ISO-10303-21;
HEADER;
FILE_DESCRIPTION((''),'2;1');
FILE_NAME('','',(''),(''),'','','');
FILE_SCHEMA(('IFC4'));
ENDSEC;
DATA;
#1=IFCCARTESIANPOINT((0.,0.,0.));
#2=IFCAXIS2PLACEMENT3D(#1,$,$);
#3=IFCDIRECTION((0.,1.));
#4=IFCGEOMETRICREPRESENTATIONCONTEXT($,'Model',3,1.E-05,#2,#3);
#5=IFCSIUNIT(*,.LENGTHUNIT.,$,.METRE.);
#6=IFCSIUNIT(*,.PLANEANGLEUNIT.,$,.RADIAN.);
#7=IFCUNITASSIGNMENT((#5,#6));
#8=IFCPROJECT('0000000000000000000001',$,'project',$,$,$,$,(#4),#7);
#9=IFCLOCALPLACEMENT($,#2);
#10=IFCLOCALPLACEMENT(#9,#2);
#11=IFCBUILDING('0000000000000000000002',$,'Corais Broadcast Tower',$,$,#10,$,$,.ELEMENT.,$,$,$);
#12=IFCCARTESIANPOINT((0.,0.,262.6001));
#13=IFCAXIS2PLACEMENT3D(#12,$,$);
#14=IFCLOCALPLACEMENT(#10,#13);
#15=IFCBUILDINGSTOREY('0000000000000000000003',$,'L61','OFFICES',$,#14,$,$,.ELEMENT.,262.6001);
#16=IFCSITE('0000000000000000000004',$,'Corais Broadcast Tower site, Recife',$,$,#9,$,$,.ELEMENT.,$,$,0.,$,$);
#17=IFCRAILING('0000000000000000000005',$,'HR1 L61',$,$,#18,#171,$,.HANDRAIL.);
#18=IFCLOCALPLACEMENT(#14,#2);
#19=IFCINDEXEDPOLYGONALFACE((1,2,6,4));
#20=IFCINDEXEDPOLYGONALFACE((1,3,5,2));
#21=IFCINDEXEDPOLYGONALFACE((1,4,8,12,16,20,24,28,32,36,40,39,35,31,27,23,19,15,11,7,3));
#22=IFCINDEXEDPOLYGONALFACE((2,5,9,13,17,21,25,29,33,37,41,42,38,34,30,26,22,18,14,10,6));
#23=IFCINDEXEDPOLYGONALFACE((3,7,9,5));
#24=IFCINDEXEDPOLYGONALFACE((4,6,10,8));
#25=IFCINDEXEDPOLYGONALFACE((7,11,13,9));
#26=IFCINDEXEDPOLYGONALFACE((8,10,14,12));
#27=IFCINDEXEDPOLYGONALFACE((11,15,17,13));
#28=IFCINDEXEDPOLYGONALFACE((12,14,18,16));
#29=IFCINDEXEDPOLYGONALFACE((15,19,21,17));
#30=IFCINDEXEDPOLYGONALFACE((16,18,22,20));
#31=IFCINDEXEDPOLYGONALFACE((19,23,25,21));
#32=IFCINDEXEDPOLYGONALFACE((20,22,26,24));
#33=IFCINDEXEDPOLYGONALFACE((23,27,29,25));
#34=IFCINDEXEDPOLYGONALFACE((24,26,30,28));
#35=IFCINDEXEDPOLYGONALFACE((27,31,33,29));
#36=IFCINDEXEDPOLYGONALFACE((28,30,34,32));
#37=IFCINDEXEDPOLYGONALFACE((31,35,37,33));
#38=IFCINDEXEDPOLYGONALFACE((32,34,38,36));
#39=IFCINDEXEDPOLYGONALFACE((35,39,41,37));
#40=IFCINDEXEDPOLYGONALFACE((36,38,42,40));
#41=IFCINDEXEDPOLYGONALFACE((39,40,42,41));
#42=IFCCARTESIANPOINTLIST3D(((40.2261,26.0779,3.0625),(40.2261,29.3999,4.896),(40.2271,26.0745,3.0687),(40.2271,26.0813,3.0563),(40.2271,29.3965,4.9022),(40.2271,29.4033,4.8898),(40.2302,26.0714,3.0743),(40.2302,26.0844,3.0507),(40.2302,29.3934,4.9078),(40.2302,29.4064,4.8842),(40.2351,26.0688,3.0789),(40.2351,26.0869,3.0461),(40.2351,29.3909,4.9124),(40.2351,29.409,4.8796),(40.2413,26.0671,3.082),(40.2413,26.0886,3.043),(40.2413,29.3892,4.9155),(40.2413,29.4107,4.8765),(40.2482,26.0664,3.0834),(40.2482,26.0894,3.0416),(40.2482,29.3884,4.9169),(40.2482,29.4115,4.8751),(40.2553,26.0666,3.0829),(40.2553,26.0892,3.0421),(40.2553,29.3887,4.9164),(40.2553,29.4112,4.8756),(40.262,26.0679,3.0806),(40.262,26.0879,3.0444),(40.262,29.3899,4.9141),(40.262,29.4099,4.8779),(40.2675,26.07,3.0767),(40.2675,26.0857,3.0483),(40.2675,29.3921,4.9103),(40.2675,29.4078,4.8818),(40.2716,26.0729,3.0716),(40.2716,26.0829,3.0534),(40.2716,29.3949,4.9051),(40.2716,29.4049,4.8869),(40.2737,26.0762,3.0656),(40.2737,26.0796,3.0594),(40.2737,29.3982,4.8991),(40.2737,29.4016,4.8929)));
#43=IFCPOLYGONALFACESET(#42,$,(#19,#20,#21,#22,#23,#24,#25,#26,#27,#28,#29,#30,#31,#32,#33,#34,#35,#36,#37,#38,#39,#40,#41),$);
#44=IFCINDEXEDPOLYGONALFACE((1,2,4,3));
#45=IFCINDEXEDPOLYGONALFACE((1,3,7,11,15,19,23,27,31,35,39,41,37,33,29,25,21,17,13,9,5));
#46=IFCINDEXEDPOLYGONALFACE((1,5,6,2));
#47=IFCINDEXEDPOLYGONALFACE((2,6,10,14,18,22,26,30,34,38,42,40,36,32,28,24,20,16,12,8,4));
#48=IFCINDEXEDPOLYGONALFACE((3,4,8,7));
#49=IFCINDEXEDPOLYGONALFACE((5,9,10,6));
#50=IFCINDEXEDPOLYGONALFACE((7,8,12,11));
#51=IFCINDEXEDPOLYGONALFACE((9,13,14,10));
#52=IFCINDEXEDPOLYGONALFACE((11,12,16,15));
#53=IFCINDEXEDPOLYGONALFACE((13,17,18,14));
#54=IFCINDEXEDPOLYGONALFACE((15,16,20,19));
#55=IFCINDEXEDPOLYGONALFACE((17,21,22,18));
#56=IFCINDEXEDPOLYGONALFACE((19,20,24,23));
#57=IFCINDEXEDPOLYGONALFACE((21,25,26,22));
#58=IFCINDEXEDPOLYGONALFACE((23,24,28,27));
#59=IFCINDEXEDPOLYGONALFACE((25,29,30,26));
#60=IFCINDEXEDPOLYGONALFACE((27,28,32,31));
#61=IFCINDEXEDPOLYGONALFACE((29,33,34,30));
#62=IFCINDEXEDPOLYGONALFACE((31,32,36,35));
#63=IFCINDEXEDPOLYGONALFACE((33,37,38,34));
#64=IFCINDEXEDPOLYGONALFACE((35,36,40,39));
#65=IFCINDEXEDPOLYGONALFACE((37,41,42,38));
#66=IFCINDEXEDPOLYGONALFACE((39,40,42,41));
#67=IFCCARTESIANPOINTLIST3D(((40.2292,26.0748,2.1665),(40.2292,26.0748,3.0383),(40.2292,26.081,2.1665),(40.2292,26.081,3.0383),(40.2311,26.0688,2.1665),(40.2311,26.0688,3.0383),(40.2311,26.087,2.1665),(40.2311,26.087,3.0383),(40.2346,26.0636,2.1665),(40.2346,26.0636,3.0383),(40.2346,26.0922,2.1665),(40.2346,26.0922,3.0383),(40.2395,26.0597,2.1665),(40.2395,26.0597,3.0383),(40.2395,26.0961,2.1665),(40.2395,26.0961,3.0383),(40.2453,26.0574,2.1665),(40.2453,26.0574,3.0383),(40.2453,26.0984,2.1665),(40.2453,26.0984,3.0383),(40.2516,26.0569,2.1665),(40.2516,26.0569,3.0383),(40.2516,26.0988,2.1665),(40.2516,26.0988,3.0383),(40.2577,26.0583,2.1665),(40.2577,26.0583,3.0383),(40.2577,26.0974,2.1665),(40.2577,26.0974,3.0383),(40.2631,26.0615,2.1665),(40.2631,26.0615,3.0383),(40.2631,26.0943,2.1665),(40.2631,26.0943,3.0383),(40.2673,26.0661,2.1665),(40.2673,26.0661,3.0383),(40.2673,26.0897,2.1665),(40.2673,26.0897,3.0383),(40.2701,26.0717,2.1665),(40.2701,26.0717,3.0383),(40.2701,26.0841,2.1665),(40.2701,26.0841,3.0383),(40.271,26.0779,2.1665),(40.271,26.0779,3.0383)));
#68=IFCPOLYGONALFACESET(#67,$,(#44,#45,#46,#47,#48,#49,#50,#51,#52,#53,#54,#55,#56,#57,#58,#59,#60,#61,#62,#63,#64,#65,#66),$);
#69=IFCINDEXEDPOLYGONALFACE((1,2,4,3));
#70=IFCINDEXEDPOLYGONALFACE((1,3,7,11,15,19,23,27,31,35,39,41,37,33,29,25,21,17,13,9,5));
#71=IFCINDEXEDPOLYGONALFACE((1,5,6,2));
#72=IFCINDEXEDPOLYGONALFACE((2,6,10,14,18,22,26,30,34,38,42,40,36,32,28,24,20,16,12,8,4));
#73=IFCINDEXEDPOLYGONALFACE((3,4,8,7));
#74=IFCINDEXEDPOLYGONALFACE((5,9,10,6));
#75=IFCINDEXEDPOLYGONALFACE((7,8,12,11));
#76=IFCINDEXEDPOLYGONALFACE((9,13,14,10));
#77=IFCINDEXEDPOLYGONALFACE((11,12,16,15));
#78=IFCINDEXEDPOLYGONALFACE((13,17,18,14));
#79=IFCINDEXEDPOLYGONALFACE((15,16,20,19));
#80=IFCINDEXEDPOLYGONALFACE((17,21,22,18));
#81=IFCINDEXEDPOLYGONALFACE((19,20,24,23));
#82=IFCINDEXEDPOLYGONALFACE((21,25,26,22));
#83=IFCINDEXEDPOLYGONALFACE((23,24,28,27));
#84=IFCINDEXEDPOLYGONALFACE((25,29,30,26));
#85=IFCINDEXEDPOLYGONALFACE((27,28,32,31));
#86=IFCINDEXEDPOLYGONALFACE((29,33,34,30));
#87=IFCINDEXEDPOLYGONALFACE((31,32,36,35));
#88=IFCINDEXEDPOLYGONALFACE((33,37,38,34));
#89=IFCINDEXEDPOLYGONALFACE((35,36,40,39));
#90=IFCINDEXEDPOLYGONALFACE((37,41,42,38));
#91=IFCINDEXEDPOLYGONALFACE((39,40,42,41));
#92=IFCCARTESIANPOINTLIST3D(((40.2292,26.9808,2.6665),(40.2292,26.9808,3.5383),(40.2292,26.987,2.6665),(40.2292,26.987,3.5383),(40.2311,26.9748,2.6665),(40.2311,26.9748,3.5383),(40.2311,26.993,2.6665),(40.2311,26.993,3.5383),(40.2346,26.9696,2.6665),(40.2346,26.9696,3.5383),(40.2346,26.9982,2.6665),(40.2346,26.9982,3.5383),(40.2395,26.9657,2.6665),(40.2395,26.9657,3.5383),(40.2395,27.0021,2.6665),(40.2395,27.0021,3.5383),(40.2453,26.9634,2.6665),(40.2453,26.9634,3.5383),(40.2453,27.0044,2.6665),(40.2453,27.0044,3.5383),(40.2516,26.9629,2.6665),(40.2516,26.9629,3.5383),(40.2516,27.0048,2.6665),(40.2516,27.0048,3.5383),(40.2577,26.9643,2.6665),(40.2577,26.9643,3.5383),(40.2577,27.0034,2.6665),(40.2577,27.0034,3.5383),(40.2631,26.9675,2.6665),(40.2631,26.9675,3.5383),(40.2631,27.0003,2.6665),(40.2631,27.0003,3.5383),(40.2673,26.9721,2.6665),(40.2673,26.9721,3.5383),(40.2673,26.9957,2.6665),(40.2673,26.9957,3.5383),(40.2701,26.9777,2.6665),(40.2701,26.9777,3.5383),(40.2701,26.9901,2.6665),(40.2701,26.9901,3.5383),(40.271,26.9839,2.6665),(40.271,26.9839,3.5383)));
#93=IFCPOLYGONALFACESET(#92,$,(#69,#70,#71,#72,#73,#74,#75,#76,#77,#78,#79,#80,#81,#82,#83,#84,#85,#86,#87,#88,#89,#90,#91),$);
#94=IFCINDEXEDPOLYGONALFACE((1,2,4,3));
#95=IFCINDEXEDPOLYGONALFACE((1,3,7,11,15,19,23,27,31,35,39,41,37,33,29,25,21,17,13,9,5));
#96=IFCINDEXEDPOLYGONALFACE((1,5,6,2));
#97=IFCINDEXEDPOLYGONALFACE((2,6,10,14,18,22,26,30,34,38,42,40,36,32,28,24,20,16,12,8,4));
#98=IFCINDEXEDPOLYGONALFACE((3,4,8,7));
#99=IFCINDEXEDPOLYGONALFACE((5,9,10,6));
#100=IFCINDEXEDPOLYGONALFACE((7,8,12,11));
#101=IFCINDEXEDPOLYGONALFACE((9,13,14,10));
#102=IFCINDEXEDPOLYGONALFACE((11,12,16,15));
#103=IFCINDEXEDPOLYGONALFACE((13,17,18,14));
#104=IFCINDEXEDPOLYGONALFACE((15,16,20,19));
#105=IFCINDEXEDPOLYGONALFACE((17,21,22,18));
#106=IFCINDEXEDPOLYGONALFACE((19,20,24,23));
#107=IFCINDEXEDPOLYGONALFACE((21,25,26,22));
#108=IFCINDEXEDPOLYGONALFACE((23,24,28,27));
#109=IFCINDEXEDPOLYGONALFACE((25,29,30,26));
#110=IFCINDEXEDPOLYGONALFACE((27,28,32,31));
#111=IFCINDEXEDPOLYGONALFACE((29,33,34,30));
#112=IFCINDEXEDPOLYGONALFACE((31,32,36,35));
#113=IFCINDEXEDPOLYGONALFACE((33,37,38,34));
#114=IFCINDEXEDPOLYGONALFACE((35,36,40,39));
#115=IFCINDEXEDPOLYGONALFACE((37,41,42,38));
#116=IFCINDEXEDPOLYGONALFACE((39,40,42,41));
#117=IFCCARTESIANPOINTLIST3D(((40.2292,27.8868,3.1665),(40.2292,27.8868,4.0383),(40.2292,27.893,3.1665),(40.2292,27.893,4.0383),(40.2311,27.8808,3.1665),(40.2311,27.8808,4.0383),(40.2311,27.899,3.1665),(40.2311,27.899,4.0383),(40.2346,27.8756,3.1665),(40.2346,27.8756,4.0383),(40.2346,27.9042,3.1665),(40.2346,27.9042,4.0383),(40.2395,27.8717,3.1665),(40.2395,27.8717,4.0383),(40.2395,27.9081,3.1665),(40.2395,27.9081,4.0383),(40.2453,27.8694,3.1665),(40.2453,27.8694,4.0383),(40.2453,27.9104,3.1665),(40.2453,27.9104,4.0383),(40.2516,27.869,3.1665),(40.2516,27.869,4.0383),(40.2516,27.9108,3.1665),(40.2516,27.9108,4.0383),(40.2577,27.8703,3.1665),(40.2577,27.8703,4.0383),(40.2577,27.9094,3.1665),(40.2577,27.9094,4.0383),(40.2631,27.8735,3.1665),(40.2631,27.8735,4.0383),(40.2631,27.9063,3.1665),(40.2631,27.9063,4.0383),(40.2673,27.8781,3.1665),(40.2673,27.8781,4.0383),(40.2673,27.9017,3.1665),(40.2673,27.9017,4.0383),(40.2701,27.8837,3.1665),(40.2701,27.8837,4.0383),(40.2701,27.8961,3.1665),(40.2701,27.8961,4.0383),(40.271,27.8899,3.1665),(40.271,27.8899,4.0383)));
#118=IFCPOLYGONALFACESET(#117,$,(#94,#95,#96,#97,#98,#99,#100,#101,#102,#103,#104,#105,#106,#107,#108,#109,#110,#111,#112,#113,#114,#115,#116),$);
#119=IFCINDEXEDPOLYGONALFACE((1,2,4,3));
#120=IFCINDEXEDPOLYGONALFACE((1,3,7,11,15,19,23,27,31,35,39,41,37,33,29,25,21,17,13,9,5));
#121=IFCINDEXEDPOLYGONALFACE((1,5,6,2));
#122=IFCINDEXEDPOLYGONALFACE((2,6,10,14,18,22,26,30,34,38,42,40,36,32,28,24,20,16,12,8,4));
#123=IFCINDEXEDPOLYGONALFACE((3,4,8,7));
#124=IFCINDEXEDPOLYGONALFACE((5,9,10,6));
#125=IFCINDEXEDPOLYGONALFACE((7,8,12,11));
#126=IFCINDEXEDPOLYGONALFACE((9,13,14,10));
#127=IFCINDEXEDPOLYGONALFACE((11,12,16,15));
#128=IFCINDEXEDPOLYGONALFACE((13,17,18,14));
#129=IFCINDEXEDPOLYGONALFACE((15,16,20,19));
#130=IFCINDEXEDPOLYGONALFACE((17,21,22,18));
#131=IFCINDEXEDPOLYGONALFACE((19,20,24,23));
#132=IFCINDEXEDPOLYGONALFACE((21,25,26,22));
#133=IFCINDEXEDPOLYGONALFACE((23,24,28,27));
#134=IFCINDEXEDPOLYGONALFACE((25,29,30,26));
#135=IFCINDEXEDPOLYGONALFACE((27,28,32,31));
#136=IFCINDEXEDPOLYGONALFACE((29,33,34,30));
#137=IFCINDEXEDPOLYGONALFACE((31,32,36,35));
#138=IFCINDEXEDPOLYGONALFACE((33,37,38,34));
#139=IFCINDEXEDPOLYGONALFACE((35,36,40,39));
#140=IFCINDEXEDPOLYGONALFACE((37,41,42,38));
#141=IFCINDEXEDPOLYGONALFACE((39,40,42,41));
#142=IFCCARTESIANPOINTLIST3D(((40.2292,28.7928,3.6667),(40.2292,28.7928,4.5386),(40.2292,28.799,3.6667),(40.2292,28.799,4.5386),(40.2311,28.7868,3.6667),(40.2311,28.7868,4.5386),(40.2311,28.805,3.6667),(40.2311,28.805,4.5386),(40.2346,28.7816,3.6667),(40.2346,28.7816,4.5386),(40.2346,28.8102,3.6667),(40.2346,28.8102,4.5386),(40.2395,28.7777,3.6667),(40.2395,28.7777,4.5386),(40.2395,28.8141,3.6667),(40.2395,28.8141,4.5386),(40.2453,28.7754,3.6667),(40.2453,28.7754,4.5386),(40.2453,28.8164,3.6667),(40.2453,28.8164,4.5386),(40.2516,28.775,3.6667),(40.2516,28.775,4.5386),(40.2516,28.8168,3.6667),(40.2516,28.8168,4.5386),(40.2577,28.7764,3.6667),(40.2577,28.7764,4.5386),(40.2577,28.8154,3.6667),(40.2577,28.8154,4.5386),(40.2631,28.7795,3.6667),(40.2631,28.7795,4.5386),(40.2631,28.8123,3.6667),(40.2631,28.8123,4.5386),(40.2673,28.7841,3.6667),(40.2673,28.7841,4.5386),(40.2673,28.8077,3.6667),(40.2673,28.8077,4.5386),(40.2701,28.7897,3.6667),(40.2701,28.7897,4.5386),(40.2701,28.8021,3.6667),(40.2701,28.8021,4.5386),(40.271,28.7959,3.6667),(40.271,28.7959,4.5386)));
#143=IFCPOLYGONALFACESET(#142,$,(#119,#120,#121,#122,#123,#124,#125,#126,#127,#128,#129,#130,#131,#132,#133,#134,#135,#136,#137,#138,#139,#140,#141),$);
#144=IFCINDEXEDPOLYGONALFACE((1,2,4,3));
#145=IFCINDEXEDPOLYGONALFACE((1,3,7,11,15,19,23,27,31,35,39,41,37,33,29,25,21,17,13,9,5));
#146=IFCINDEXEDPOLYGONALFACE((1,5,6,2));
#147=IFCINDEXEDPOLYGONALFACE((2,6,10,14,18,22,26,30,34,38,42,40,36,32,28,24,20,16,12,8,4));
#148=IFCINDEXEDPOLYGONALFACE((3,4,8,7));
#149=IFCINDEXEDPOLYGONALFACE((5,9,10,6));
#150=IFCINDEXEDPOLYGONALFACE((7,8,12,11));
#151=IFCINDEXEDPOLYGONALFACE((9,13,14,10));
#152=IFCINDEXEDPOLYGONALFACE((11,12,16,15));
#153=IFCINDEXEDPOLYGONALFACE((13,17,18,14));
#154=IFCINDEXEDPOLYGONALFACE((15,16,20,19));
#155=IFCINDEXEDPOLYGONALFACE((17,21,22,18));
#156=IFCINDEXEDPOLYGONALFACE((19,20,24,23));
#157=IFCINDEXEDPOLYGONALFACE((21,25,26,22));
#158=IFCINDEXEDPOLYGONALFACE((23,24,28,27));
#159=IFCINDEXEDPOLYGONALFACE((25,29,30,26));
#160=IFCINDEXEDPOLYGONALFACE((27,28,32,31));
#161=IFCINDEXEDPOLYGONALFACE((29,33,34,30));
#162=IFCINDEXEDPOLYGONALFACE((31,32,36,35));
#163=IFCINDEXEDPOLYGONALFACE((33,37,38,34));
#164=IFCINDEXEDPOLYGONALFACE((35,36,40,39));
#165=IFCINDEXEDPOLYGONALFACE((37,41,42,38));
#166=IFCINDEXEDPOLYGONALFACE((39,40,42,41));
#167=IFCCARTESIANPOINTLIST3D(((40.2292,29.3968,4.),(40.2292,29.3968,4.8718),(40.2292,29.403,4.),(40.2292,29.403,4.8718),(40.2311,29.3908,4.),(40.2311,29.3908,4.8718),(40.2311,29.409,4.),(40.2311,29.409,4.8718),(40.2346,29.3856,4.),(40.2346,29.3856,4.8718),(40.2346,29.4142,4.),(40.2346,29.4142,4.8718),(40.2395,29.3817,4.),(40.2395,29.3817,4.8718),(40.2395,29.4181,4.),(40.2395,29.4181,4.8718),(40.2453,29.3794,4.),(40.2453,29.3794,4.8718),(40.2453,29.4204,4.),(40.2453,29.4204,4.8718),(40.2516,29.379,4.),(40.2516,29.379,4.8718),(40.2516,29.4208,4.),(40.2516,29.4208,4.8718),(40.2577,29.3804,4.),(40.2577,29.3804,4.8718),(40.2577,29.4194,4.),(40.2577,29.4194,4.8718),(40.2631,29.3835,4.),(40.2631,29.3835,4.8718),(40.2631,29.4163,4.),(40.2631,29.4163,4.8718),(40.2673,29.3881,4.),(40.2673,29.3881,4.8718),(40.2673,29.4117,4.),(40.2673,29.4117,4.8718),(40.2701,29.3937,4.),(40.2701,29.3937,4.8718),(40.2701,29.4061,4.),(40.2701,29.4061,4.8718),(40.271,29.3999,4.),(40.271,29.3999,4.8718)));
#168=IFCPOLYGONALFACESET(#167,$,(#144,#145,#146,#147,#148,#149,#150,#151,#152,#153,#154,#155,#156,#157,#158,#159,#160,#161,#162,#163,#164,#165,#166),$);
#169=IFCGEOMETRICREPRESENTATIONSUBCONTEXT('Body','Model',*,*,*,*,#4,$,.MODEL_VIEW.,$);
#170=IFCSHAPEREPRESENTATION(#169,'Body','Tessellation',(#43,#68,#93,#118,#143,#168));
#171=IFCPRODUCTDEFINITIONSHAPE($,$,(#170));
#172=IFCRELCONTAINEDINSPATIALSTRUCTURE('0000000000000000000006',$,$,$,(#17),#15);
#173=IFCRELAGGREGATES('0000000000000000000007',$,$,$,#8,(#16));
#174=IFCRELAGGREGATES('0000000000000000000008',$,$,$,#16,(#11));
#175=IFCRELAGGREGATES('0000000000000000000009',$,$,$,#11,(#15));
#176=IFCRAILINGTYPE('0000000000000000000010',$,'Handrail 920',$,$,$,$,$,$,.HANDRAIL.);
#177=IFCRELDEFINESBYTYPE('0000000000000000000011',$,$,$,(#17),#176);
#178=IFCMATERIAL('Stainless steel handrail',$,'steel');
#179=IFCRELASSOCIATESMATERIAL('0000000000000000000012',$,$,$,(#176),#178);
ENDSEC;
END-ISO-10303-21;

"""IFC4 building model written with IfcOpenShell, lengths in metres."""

from ifc_helpers import new_model, si_unit, direction, frame, origin, origin_2d, place, context, subcontext, project, spatial, circle, extrude, material, type_object, element, save


model = new_model("IFC4")

# Units and contexts
model_context = context("Model", 3, precision=1e-05, world=origin(), true_north=direction((0.0, 1.0)))
body_context = subcontext(model_context, "Body", "Model", "MODEL_VIEW")
ifc_project = project(units=[si_unit("LENGTHUNIT", "METRE"), si_unit("PLANEANGLEUNIT", "RADIAN")], contexts=[model_context])

# Site, building, storey
site_placement = place(None, origin())
site = spatial("IfcSite", under=ifc_project, at=site_placement, Name="Corais Broadcast Tower site, Recife", CompositionType="ELEMENT", RefElevation=0.0)
building_placement = place(site_placement, origin())
building = spatial("IfcBuilding", under=site, at=building_placement, Name="Corais Broadcast Tower", CompositionType="ELEMENT")
storey_placement = place(building_placement, frame((0.0, 0.0, 262.6001)))
storey = spatial("IfcBuildingStorey", under=building, at=storey_placement, Name="L61", Description="OFFICES", CompositionType="ELEMENT", Elevation=262.6001)

# Railing
ifc_material_1 = material(Name="Stainless steel handrail", Category="steel")
railing_type = type_object("IfcRailingType", Name="Handrail 920", PredefinedType="HANDRAIL", material=ifc_material_1)
for number, where, name in (
    (1, (40.25, 26.0779, 2.1665), "HR1 L61"),
):
    element("IfcRailing", number, at=place(storey_placement, frame(where)), inside=storey, type_object=railing_type, Name=name, PredefinedType="HANDRAIL", context=body_context, shape_type="SweptSolid", body=[
        extrude(circle(Radius=0.0239, at=origin_2d()), frame((0.0, 0.0, 0.896), z_axis=(0.0, 0.875504, 0.48321), x_axis=(-1.0, 0.0, 0.0)), (0.0, 0.0, 1.0), 3.7944),
        extrude(circle(Radius=0.021, at=origin_2d()), origin(), (0.0, 0.0, 1.0), 0.8718),
        extrude(circle(Radius=0.021, at=origin_2d()), frame((0.0, 0.906, 0.5)), (0.0, 0.0, 1.0), 0.8718),
        extrude(circle(Radius=0.021, at=origin_2d()), frame((0.0, 1.812, 1.0)), (0.0, 0.0, 1.0), 0.8718),
        extrude(circle(Radius=0.021, at=origin_2d()), frame((0.0, 2.718, 1.5002)), (0.0, 0.0, 1.0), 0.8718),
        extrude(circle(Radius=0.021, at=origin_2d()), frame((0.0, 3.322, 1.8335)), (0.0, 0.0, 1.0), 0.8718),
    ])

save(model, "model.ifc")
